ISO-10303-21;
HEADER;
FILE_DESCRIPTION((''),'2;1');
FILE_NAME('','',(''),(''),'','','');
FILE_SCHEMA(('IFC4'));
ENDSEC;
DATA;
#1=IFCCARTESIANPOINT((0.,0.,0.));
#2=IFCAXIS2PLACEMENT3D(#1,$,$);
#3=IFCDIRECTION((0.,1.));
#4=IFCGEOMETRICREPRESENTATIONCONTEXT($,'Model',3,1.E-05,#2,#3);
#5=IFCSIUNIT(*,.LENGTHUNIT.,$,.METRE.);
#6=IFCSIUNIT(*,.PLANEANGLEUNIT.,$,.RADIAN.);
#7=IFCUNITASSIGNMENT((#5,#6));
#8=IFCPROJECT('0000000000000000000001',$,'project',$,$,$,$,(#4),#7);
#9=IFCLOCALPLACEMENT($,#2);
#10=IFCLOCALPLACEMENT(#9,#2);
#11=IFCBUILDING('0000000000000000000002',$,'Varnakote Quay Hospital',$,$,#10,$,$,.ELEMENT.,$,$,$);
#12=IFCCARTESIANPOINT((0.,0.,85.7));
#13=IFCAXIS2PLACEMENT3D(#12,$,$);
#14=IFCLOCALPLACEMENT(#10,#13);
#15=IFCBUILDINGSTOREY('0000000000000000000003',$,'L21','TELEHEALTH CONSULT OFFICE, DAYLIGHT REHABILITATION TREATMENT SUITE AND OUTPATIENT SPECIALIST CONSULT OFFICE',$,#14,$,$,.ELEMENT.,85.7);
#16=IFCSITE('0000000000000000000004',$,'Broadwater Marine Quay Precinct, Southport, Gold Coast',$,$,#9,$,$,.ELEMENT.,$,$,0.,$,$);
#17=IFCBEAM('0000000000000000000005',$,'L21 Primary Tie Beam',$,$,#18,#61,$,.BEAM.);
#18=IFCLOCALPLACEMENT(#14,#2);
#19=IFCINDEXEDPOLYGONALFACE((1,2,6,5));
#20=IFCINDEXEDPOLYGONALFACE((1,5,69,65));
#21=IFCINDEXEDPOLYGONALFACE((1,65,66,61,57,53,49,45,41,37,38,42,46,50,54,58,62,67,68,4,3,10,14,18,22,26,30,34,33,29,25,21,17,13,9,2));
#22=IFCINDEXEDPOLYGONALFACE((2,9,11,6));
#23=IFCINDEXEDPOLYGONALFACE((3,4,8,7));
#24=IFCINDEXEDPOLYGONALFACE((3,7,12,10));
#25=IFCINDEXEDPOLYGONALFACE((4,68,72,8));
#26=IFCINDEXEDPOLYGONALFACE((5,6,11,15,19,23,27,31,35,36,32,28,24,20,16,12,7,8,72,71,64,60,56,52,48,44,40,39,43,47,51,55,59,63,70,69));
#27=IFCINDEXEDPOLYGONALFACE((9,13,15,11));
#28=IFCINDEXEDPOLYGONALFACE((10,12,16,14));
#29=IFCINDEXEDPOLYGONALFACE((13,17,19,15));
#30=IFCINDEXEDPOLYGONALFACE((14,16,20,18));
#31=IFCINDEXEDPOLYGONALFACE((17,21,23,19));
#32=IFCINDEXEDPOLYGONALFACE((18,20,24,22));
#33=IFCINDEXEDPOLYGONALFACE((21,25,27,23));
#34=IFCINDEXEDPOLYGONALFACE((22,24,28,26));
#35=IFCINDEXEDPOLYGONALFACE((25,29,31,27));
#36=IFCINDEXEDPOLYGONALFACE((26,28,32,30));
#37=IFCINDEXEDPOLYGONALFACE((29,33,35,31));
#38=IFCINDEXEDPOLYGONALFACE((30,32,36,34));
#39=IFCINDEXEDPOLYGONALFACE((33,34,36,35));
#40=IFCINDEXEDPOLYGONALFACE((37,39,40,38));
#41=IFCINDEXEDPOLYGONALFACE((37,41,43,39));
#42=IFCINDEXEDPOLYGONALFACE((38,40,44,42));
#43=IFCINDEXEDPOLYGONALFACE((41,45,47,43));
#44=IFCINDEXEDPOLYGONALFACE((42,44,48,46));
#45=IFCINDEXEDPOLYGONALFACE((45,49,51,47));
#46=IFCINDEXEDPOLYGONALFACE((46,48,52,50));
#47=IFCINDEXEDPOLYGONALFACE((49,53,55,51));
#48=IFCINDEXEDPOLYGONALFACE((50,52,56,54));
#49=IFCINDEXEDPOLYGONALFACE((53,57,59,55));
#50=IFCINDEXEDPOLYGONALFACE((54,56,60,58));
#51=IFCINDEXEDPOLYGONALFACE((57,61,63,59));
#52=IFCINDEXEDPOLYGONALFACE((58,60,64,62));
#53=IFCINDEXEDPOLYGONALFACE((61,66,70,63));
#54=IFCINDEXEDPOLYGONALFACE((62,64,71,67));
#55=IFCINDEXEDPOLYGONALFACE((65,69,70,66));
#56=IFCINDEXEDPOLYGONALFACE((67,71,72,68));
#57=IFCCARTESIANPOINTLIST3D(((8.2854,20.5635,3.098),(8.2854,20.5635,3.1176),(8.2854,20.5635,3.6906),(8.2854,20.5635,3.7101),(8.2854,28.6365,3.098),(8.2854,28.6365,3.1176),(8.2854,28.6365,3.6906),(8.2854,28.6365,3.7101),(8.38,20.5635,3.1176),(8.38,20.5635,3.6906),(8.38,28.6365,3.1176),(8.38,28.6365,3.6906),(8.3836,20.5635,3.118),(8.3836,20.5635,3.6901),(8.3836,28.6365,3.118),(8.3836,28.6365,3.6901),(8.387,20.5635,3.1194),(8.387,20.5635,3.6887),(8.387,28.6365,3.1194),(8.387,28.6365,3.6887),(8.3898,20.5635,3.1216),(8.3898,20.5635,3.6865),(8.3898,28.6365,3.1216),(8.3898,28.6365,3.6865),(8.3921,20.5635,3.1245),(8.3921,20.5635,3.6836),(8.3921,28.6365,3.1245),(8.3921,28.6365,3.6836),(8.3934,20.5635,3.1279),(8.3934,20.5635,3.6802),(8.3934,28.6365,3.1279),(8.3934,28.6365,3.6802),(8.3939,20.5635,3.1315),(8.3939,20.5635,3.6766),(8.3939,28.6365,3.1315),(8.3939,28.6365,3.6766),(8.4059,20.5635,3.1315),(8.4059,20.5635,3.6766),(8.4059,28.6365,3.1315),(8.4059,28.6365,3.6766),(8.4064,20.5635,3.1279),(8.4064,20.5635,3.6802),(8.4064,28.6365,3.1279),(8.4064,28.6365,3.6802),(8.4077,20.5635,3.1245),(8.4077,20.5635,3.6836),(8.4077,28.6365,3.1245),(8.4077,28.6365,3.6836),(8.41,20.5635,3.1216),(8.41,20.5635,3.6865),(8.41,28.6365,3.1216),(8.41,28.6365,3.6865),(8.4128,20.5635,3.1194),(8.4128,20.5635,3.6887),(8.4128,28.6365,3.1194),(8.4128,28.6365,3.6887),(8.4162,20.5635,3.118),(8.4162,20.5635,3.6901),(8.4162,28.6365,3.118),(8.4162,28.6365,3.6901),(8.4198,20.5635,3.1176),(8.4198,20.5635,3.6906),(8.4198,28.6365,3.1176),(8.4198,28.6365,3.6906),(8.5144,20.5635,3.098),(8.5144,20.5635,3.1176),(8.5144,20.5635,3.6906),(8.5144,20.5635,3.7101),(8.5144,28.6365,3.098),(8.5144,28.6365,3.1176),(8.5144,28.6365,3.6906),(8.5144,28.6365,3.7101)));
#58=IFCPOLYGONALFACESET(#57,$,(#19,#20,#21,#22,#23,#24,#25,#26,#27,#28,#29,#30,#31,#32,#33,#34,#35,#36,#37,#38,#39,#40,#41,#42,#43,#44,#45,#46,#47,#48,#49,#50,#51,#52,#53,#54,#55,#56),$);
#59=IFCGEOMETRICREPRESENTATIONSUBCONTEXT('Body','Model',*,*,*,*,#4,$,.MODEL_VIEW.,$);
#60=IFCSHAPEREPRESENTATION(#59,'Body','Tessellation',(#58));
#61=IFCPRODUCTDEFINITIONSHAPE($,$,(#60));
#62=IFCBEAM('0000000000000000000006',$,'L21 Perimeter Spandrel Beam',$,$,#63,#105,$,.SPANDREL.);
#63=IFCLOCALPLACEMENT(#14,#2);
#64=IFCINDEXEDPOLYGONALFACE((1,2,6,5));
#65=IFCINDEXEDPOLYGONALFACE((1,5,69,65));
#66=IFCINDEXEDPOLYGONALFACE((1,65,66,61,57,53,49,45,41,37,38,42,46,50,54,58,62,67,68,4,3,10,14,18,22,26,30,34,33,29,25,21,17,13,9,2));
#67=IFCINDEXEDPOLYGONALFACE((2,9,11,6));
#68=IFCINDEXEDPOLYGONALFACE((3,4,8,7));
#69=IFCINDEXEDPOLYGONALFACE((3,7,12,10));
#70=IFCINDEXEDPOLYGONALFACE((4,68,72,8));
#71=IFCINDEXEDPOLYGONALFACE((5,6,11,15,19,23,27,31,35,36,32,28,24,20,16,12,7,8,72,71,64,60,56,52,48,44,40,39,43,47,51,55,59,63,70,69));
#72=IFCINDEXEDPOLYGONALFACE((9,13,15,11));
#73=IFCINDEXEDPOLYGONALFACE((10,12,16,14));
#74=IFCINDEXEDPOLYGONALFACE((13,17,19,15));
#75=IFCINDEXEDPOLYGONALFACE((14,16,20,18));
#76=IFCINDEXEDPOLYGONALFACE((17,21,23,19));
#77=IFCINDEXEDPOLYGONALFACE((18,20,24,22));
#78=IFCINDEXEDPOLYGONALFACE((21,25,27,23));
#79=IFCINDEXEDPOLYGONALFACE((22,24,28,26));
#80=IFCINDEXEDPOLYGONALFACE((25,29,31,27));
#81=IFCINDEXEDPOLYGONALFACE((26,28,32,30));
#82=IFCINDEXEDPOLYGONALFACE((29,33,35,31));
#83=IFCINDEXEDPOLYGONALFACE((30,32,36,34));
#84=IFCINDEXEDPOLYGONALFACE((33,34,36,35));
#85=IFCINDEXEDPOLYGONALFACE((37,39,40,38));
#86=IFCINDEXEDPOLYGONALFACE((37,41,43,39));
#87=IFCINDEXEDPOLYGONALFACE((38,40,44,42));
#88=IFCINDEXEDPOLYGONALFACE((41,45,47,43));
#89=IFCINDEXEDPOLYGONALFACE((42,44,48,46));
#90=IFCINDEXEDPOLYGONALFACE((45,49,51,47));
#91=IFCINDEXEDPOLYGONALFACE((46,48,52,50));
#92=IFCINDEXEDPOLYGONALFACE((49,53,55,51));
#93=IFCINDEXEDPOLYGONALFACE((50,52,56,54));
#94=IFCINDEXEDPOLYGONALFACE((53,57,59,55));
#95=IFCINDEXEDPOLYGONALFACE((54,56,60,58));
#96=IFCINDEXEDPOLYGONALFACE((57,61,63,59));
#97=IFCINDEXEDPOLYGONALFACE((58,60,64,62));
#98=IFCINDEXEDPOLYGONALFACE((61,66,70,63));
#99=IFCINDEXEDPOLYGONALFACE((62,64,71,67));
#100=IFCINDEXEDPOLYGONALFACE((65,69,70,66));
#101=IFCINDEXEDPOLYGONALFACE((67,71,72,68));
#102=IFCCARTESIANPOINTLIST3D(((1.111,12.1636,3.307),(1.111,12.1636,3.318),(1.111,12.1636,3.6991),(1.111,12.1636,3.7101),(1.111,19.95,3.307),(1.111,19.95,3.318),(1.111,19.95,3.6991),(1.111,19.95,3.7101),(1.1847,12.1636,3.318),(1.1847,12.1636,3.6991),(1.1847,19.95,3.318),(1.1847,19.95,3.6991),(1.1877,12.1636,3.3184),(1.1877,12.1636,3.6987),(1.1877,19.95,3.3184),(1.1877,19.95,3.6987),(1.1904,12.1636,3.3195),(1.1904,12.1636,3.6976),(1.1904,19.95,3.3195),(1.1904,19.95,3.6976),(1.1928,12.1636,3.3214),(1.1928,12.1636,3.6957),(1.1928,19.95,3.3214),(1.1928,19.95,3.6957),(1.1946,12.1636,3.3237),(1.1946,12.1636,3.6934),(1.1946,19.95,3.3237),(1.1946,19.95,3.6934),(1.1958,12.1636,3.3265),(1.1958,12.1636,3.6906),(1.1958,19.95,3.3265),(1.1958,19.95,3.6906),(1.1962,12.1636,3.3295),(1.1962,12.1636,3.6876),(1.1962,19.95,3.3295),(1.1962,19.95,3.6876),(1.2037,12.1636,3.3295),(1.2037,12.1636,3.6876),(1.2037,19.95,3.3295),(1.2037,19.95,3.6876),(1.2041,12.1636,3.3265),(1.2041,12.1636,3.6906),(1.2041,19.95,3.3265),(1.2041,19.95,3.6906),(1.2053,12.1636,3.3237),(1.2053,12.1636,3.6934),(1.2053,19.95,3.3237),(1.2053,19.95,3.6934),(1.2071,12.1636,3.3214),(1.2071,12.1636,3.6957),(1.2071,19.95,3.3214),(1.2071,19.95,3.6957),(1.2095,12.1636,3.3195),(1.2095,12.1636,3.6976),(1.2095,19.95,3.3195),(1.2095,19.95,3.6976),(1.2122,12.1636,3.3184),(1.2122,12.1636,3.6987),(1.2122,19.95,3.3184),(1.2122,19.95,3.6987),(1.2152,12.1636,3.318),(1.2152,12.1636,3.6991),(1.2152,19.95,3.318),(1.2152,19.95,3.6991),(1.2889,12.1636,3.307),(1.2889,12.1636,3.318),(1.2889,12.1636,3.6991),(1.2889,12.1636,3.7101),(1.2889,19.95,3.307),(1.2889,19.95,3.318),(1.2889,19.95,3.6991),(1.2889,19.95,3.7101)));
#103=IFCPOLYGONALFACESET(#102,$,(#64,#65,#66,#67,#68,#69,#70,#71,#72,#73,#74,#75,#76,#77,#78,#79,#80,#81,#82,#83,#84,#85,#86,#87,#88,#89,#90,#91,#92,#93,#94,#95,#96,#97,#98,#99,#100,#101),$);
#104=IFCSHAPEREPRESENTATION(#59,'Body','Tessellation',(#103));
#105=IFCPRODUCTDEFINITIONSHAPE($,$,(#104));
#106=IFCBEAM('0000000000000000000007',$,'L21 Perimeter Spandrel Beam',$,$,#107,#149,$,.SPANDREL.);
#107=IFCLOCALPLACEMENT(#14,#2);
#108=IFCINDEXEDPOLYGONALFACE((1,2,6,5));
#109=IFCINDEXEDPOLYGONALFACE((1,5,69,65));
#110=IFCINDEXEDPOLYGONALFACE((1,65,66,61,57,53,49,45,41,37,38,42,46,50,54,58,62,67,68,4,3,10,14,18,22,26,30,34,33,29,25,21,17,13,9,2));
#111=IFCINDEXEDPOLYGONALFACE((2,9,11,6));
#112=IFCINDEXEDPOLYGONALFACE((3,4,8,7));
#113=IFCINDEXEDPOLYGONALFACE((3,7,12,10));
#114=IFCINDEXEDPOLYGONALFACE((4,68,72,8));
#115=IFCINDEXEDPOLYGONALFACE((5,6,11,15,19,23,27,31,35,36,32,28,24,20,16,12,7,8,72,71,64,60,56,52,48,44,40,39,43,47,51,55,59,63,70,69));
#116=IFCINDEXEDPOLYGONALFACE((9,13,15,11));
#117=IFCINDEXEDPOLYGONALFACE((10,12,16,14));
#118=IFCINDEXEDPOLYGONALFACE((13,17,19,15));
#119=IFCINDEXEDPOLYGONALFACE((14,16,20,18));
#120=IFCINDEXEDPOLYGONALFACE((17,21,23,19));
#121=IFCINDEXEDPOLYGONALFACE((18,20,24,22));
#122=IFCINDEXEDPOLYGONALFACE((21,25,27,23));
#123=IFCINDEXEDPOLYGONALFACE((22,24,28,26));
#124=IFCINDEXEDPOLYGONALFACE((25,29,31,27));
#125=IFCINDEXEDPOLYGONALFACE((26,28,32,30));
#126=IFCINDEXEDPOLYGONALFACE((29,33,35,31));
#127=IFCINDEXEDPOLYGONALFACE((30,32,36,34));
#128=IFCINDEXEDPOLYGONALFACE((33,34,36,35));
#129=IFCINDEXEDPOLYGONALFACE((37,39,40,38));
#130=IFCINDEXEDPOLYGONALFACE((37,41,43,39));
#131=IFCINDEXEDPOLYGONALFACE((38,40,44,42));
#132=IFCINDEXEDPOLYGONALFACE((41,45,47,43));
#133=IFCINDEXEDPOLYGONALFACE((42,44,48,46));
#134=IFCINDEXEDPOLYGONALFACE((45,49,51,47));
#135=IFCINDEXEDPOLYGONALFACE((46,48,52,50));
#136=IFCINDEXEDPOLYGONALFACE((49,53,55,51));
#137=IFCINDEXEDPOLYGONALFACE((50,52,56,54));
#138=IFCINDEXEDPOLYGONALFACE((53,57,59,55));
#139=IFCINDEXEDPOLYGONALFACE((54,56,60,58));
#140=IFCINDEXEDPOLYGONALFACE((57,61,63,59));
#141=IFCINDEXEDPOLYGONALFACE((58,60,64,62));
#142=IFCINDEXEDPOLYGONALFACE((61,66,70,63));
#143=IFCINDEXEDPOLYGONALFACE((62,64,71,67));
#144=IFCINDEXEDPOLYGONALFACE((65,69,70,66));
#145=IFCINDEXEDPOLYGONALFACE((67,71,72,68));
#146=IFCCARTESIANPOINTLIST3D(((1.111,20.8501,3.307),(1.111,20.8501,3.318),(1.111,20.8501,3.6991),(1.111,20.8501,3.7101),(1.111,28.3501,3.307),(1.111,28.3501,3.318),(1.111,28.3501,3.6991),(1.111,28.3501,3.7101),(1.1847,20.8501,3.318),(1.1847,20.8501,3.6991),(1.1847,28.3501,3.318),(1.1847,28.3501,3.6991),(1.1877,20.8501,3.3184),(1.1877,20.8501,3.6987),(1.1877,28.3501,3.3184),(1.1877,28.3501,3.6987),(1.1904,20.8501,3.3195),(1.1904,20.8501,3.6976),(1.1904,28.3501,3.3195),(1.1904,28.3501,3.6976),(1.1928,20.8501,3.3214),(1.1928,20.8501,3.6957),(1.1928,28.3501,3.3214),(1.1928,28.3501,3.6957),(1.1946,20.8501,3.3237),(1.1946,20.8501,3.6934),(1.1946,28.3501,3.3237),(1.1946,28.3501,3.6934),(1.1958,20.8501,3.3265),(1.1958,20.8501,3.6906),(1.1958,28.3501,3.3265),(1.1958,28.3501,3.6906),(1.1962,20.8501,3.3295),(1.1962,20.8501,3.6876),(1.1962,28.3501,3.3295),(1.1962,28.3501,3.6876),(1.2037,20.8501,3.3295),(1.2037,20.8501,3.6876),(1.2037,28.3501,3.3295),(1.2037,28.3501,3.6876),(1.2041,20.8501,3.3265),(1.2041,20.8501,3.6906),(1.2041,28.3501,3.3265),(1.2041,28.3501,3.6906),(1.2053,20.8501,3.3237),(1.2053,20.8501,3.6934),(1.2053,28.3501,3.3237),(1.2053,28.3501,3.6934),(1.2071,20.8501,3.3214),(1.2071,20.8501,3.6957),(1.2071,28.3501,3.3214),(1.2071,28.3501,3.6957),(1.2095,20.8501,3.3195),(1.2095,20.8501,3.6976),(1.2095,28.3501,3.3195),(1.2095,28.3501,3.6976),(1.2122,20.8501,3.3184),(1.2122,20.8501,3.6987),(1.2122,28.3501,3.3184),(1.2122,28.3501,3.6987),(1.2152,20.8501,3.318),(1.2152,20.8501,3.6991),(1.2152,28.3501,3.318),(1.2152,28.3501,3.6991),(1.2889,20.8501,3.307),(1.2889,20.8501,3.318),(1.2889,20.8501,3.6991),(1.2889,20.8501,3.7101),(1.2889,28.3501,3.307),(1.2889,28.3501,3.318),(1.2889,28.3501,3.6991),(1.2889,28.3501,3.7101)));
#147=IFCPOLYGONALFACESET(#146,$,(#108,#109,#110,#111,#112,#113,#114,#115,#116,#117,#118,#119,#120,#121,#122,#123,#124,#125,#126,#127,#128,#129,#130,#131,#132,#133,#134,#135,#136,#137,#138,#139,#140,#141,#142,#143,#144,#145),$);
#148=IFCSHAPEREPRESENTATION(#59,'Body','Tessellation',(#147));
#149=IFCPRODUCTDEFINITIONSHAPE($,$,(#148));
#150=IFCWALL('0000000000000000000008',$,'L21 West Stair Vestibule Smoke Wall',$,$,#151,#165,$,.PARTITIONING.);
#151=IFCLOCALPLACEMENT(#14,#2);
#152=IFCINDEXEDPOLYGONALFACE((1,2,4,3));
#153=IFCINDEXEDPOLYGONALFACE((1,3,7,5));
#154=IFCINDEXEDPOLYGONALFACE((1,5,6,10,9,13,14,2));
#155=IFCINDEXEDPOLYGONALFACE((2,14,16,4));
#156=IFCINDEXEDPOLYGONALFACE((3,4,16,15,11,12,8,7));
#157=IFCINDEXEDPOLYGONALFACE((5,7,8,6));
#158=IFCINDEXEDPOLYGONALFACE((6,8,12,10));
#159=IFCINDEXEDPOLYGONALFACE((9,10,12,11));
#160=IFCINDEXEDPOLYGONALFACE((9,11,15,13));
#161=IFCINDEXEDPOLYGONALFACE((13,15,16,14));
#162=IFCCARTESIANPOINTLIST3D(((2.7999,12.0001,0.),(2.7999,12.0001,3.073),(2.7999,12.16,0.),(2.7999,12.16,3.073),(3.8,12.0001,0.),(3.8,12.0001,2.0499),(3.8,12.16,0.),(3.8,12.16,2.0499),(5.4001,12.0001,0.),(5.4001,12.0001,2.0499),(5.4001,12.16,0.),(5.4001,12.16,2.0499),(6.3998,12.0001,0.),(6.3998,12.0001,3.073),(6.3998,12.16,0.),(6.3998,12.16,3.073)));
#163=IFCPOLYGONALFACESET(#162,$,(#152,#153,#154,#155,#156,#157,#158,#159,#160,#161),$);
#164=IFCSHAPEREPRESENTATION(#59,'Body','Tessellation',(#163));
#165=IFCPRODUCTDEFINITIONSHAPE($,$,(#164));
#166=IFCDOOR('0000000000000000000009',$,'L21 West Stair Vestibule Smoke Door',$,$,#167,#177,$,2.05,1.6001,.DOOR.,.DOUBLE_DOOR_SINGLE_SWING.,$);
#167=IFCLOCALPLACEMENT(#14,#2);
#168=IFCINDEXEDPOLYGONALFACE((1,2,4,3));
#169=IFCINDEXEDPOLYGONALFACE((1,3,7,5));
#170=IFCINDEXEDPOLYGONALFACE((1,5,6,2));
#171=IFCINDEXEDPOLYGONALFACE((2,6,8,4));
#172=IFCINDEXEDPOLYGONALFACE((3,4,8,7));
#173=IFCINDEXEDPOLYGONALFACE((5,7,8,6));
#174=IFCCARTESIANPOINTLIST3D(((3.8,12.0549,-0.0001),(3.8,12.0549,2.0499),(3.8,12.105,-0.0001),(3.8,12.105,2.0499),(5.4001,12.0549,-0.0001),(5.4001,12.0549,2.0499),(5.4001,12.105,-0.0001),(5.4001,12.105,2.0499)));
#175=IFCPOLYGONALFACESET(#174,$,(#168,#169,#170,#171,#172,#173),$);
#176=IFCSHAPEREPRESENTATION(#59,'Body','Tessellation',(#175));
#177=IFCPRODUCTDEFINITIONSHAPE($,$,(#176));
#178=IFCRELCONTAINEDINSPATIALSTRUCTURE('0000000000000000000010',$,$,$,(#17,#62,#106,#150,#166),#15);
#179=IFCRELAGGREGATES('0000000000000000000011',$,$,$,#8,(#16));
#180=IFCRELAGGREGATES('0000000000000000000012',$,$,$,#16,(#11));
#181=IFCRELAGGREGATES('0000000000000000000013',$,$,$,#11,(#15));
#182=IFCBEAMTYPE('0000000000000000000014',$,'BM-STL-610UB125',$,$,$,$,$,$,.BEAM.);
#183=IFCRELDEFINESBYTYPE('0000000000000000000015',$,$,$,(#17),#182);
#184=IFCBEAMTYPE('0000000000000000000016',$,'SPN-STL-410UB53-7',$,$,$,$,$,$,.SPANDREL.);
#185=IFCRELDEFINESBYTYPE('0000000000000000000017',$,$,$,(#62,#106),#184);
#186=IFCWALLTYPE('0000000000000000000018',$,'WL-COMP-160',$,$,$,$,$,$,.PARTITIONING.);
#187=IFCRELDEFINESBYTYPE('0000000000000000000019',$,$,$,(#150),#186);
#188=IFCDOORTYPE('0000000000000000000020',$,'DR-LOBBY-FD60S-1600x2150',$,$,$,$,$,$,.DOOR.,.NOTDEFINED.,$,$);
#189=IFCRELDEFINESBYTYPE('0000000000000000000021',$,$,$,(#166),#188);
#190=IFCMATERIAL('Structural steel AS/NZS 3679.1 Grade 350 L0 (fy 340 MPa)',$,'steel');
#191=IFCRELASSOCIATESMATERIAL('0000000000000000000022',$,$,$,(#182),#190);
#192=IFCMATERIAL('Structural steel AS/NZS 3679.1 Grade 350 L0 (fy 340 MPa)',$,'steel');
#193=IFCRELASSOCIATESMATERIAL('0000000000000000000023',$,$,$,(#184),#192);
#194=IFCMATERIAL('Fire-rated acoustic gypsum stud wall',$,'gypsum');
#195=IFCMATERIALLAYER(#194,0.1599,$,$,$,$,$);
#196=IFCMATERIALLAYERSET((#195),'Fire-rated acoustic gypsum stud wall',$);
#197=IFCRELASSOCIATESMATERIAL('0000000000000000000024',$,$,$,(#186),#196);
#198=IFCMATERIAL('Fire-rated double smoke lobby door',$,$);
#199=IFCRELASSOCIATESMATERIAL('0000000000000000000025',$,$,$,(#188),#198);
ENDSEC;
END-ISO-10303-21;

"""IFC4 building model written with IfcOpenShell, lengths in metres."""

from ifc_helpers import new_model, si_unit, direction, frame, frame_2d, origin, origin_2d, place, context, subcontext, project, spatial, rectangle, i_section, extrude, material, layer, layer_set, material_profile, profile_set, type_object, element, fill, save


model = new_model("IFC4")

# Units and contexts
model_context = context("Model", 3, precision=1e-05, world=origin(), true_north=direction((0.0, 1.0)))
body_context = subcontext(model_context, "Body", "Model", "MODEL_VIEW")
ifc_project = project(units=[si_unit("LENGTHUNIT", "METRE"), si_unit("PLANEANGLEUNIT", "RADIAN")], contexts=[model_context])

# Site, building, storey
site_placement = place(None, origin())
site = spatial("IfcSite", under=ifc_project, at=site_placement, Name="Broadwater Marine Quay Precinct, Southport, Gold Coast", CompositionType="ELEMENT", RefElevation=0.0)
building_placement = place(site_placement, origin())
building = spatial("IfcBuilding", under=site, at=building_placement, Name="Varnakote Quay Hospital", CompositionType="ELEMENT")
storey_placement = place(building_placement, frame((0.0, 0.0, 85.7)))
storey = spatial("IfcBuildingStorey", under=building, at=storey_placement, Name="L21", Description="TELEHEALTH CONSULT OFFICE, DAYLIGHT REHABILITATION TREATMENT SUITE AND OUTPATIENT SPECIALIST CONSULT OFFICE", CompositionType="ELEMENT", Elevation=85.7)

# Beams
ifc_material_1 = material(Name="Structural steel AS/NZS 3679.1 Grade 350 L0 (fy 340 MPa)", Category="steel")
ifc_material_profile_1 = material_profile(ifc_material_1, i_section(OverallWidth=0.229, OverallDepth=0.6121, WebThickness=0.012, FlangeThickness=0.0195, FilletRadius=0.0139, at=origin_2d()), Name="610UB125")
ifc_profile_set_1 = profile_set([ifc_material_profile_1], Name="Structural steel AS/NZS 3679.1 Grade 350 L0 (fy 340 MPa)")
beam_type_1 = type_object("IfcBeamType", Name="BM-STL-610UB125", PredefinedType="BEAM", material=ifc_profile_set_1)
beam_1_placement = place(storey_placement, frame((8.3999, 20.5635, 3.4041), z_axis=(0.0, 1.0, 0.0), x_axis=(-1.0, 0.0, 0.0)))
element("IfcBeam", 1, at=beam_1_placement, inside=storey, type_object=beam_type_1, Name="L21 Primary Tie Beam", PredefinedType="BEAM", context=body_context, shape_type="SweptSolid", body=[
    extrude(i_section(OverallWidth=0.229, OverallDepth=0.6121, WebThickness=0.012, FlangeThickness=0.0195, FilletRadius=0.0139, at=origin_2d()), origin(), (0.0, 0.0, 1.0), 8.073),
])
ifc_material_2 = material(Name="Structural steel AS/NZS 3679.1 Grade 350 L0 (fy 340 MPa)", Category="steel")
ifc_material_profile_2 = material_profile(ifc_material_2, i_section(OverallWidth=0.178, OverallDepth=0.4031, WebThickness=0.0076, FlangeThickness=0.011, FilletRadius=0.0115, at=origin_2d()), Name="410UB53.7")
ifc_profile_set_2 = profile_set([ifc_material_profile_2], Name="Structural steel AS/NZS 3679.1 Grade 350 L0 (fy 340 MPa)")
beam_type_2 = type_object("IfcBeamType", Name="SPN-STL-410UB53-7", PredefinedType="SPANDREL", material=ifc_profile_set_2)
beam_2_placement = place(storey_placement, frame((1.2, 12.1636, 3.5085), z_axis=(0.0, 1.0, 0.0), x_axis=(-1.0, 0.0, 0.0)))
element("IfcBeam", 2, at=beam_2_placement, inside=storey, type_object=beam_type_2, Name="L21 Perimeter Spandrel Beam", PredefinedType="SPANDREL", context=body_context, shape_type="SweptSolid", body=[
    extrude(i_section(OverallWidth=0.178, OverallDepth=0.4031, WebThickness=0.0076, FlangeThickness=0.011, FilletRadius=0.0115, at=origin_2d()), origin(), (0.0, 0.0, 1.0), 7.7864),
])
beam_3_placement = place(storey_placement, frame((1.2, 20.8501, 3.5085), z_axis=(0.0, 1.0, 0.0), x_axis=(-1.0, 0.0, 0.0)))
element("IfcBeam", 3, at=beam_3_placement, inside=storey, type_object=beam_type_2, Name="L21 Perimeter Spandrel Beam", PredefinedType="SPANDREL", context=body_context, shape_type="SweptSolid", body=[
    extrude(i_section(OverallWidth=0.178, OverallDepth=0.4031, WebThickness=0.0076, FlangeThickness=0.011, FilletRadius=0.0115, at=origin_2d()), origin(), (0.0, 0.0, 1.0), 7.5),
])

# Wall, opening, door
ifc_material_3 = material(Name="Fire-rated acoustic gypsum stud wall", Category="gypsum")
ifc_layer_1 = layer(ifc_material_3, 0.1599)
ifc_layer_set_1 = layer_set([ifc_layer_1], Name="Fire-rated acoustic gypsum stud wall")
wall_type_1 = type_object("IfcWallType", Name="WL-COMP-160", PredefinedType="PARTITIONING", material=ifc_layer_set_1)
wall_1_placement = place(storey_placement, frame((2.8, 12.0801, 0.0), z_axis=(0.0, 0.0, 1.0), x_axis=(1.0, 0.0, 0.0)))
wall_1 = element("IfcWall", 4, at=wall_1_placement, inside=storey, type_object=wall_type_1, Name="L21 West Stair Vestibule Smoke Wall", PredefinedType="PARTITIONING", context=body_context, shape_type="SweptSolid", body=[
    extrude(rectangle(XDim=3.5999, YDim=0.1599, at=frame_2d((1.7998, 0.0))), origin(), (0.0, 0.0, 1.0), 3.073),
])
opening_1_placement = place(wall_1_placement, frame((1.0, 0.0, 0.0)))
opening_1 = element("IfcOpeningElement", 5, at=opening_1_placement, cuts=wall_1, PredefinedType="OPENING", context=body_context, shape_type="SweptSolid", body=[
    extrude(rectangle(XDim=1.6001, YDim=2.05, at=frame_2d((0.8, 1.0249))), frame((0.0, 0.0898, 0.0), z_axis=(0.0, -1.0, 0.0), x_axis=(1.0, 0.0, 0.0)), (0.0, 0.0, 1.0), 0.1799),
])
ifc_material_4 = material(Name="Fire-rated double smoke lobby door")
door_type_1 = type_object("IfcDoorType", Name="DR-LOBBY-FD60S-1600x2150", OperationType="NOTDEFINED", PredefinedType="DOOR", material=ifc_material_4)
door_1_placement = place(opening_1_placement, origin())
door_1 = element("IfcDoor", 6, at=door_1_placement, inside=storey, type_object=door_type_1, Name="L21 West Stair Vestibule Smoke Door", OperationType="DOUBLE_DOOR_SINGLE_SWING", OverallHeight=2.05, OverallWidth=1.6001, PredefinedType="DOOR", context=body_context, shape_type="SweptSolid", body=[
    extrude(rectangle(XDim=1.6001, YDim=2.05, at=frame_2d((0.8, 1.0249))), frame((0.0, 0.0249, 0.0), z_axis=(0.0, -1.0, 0.0), x_axis=(1.0, 0.0, 0.0)), (0.0, 0.0, 1.0), 0.05),
])
fill(opening_1, door_1)

save(model, "model.ifc")
